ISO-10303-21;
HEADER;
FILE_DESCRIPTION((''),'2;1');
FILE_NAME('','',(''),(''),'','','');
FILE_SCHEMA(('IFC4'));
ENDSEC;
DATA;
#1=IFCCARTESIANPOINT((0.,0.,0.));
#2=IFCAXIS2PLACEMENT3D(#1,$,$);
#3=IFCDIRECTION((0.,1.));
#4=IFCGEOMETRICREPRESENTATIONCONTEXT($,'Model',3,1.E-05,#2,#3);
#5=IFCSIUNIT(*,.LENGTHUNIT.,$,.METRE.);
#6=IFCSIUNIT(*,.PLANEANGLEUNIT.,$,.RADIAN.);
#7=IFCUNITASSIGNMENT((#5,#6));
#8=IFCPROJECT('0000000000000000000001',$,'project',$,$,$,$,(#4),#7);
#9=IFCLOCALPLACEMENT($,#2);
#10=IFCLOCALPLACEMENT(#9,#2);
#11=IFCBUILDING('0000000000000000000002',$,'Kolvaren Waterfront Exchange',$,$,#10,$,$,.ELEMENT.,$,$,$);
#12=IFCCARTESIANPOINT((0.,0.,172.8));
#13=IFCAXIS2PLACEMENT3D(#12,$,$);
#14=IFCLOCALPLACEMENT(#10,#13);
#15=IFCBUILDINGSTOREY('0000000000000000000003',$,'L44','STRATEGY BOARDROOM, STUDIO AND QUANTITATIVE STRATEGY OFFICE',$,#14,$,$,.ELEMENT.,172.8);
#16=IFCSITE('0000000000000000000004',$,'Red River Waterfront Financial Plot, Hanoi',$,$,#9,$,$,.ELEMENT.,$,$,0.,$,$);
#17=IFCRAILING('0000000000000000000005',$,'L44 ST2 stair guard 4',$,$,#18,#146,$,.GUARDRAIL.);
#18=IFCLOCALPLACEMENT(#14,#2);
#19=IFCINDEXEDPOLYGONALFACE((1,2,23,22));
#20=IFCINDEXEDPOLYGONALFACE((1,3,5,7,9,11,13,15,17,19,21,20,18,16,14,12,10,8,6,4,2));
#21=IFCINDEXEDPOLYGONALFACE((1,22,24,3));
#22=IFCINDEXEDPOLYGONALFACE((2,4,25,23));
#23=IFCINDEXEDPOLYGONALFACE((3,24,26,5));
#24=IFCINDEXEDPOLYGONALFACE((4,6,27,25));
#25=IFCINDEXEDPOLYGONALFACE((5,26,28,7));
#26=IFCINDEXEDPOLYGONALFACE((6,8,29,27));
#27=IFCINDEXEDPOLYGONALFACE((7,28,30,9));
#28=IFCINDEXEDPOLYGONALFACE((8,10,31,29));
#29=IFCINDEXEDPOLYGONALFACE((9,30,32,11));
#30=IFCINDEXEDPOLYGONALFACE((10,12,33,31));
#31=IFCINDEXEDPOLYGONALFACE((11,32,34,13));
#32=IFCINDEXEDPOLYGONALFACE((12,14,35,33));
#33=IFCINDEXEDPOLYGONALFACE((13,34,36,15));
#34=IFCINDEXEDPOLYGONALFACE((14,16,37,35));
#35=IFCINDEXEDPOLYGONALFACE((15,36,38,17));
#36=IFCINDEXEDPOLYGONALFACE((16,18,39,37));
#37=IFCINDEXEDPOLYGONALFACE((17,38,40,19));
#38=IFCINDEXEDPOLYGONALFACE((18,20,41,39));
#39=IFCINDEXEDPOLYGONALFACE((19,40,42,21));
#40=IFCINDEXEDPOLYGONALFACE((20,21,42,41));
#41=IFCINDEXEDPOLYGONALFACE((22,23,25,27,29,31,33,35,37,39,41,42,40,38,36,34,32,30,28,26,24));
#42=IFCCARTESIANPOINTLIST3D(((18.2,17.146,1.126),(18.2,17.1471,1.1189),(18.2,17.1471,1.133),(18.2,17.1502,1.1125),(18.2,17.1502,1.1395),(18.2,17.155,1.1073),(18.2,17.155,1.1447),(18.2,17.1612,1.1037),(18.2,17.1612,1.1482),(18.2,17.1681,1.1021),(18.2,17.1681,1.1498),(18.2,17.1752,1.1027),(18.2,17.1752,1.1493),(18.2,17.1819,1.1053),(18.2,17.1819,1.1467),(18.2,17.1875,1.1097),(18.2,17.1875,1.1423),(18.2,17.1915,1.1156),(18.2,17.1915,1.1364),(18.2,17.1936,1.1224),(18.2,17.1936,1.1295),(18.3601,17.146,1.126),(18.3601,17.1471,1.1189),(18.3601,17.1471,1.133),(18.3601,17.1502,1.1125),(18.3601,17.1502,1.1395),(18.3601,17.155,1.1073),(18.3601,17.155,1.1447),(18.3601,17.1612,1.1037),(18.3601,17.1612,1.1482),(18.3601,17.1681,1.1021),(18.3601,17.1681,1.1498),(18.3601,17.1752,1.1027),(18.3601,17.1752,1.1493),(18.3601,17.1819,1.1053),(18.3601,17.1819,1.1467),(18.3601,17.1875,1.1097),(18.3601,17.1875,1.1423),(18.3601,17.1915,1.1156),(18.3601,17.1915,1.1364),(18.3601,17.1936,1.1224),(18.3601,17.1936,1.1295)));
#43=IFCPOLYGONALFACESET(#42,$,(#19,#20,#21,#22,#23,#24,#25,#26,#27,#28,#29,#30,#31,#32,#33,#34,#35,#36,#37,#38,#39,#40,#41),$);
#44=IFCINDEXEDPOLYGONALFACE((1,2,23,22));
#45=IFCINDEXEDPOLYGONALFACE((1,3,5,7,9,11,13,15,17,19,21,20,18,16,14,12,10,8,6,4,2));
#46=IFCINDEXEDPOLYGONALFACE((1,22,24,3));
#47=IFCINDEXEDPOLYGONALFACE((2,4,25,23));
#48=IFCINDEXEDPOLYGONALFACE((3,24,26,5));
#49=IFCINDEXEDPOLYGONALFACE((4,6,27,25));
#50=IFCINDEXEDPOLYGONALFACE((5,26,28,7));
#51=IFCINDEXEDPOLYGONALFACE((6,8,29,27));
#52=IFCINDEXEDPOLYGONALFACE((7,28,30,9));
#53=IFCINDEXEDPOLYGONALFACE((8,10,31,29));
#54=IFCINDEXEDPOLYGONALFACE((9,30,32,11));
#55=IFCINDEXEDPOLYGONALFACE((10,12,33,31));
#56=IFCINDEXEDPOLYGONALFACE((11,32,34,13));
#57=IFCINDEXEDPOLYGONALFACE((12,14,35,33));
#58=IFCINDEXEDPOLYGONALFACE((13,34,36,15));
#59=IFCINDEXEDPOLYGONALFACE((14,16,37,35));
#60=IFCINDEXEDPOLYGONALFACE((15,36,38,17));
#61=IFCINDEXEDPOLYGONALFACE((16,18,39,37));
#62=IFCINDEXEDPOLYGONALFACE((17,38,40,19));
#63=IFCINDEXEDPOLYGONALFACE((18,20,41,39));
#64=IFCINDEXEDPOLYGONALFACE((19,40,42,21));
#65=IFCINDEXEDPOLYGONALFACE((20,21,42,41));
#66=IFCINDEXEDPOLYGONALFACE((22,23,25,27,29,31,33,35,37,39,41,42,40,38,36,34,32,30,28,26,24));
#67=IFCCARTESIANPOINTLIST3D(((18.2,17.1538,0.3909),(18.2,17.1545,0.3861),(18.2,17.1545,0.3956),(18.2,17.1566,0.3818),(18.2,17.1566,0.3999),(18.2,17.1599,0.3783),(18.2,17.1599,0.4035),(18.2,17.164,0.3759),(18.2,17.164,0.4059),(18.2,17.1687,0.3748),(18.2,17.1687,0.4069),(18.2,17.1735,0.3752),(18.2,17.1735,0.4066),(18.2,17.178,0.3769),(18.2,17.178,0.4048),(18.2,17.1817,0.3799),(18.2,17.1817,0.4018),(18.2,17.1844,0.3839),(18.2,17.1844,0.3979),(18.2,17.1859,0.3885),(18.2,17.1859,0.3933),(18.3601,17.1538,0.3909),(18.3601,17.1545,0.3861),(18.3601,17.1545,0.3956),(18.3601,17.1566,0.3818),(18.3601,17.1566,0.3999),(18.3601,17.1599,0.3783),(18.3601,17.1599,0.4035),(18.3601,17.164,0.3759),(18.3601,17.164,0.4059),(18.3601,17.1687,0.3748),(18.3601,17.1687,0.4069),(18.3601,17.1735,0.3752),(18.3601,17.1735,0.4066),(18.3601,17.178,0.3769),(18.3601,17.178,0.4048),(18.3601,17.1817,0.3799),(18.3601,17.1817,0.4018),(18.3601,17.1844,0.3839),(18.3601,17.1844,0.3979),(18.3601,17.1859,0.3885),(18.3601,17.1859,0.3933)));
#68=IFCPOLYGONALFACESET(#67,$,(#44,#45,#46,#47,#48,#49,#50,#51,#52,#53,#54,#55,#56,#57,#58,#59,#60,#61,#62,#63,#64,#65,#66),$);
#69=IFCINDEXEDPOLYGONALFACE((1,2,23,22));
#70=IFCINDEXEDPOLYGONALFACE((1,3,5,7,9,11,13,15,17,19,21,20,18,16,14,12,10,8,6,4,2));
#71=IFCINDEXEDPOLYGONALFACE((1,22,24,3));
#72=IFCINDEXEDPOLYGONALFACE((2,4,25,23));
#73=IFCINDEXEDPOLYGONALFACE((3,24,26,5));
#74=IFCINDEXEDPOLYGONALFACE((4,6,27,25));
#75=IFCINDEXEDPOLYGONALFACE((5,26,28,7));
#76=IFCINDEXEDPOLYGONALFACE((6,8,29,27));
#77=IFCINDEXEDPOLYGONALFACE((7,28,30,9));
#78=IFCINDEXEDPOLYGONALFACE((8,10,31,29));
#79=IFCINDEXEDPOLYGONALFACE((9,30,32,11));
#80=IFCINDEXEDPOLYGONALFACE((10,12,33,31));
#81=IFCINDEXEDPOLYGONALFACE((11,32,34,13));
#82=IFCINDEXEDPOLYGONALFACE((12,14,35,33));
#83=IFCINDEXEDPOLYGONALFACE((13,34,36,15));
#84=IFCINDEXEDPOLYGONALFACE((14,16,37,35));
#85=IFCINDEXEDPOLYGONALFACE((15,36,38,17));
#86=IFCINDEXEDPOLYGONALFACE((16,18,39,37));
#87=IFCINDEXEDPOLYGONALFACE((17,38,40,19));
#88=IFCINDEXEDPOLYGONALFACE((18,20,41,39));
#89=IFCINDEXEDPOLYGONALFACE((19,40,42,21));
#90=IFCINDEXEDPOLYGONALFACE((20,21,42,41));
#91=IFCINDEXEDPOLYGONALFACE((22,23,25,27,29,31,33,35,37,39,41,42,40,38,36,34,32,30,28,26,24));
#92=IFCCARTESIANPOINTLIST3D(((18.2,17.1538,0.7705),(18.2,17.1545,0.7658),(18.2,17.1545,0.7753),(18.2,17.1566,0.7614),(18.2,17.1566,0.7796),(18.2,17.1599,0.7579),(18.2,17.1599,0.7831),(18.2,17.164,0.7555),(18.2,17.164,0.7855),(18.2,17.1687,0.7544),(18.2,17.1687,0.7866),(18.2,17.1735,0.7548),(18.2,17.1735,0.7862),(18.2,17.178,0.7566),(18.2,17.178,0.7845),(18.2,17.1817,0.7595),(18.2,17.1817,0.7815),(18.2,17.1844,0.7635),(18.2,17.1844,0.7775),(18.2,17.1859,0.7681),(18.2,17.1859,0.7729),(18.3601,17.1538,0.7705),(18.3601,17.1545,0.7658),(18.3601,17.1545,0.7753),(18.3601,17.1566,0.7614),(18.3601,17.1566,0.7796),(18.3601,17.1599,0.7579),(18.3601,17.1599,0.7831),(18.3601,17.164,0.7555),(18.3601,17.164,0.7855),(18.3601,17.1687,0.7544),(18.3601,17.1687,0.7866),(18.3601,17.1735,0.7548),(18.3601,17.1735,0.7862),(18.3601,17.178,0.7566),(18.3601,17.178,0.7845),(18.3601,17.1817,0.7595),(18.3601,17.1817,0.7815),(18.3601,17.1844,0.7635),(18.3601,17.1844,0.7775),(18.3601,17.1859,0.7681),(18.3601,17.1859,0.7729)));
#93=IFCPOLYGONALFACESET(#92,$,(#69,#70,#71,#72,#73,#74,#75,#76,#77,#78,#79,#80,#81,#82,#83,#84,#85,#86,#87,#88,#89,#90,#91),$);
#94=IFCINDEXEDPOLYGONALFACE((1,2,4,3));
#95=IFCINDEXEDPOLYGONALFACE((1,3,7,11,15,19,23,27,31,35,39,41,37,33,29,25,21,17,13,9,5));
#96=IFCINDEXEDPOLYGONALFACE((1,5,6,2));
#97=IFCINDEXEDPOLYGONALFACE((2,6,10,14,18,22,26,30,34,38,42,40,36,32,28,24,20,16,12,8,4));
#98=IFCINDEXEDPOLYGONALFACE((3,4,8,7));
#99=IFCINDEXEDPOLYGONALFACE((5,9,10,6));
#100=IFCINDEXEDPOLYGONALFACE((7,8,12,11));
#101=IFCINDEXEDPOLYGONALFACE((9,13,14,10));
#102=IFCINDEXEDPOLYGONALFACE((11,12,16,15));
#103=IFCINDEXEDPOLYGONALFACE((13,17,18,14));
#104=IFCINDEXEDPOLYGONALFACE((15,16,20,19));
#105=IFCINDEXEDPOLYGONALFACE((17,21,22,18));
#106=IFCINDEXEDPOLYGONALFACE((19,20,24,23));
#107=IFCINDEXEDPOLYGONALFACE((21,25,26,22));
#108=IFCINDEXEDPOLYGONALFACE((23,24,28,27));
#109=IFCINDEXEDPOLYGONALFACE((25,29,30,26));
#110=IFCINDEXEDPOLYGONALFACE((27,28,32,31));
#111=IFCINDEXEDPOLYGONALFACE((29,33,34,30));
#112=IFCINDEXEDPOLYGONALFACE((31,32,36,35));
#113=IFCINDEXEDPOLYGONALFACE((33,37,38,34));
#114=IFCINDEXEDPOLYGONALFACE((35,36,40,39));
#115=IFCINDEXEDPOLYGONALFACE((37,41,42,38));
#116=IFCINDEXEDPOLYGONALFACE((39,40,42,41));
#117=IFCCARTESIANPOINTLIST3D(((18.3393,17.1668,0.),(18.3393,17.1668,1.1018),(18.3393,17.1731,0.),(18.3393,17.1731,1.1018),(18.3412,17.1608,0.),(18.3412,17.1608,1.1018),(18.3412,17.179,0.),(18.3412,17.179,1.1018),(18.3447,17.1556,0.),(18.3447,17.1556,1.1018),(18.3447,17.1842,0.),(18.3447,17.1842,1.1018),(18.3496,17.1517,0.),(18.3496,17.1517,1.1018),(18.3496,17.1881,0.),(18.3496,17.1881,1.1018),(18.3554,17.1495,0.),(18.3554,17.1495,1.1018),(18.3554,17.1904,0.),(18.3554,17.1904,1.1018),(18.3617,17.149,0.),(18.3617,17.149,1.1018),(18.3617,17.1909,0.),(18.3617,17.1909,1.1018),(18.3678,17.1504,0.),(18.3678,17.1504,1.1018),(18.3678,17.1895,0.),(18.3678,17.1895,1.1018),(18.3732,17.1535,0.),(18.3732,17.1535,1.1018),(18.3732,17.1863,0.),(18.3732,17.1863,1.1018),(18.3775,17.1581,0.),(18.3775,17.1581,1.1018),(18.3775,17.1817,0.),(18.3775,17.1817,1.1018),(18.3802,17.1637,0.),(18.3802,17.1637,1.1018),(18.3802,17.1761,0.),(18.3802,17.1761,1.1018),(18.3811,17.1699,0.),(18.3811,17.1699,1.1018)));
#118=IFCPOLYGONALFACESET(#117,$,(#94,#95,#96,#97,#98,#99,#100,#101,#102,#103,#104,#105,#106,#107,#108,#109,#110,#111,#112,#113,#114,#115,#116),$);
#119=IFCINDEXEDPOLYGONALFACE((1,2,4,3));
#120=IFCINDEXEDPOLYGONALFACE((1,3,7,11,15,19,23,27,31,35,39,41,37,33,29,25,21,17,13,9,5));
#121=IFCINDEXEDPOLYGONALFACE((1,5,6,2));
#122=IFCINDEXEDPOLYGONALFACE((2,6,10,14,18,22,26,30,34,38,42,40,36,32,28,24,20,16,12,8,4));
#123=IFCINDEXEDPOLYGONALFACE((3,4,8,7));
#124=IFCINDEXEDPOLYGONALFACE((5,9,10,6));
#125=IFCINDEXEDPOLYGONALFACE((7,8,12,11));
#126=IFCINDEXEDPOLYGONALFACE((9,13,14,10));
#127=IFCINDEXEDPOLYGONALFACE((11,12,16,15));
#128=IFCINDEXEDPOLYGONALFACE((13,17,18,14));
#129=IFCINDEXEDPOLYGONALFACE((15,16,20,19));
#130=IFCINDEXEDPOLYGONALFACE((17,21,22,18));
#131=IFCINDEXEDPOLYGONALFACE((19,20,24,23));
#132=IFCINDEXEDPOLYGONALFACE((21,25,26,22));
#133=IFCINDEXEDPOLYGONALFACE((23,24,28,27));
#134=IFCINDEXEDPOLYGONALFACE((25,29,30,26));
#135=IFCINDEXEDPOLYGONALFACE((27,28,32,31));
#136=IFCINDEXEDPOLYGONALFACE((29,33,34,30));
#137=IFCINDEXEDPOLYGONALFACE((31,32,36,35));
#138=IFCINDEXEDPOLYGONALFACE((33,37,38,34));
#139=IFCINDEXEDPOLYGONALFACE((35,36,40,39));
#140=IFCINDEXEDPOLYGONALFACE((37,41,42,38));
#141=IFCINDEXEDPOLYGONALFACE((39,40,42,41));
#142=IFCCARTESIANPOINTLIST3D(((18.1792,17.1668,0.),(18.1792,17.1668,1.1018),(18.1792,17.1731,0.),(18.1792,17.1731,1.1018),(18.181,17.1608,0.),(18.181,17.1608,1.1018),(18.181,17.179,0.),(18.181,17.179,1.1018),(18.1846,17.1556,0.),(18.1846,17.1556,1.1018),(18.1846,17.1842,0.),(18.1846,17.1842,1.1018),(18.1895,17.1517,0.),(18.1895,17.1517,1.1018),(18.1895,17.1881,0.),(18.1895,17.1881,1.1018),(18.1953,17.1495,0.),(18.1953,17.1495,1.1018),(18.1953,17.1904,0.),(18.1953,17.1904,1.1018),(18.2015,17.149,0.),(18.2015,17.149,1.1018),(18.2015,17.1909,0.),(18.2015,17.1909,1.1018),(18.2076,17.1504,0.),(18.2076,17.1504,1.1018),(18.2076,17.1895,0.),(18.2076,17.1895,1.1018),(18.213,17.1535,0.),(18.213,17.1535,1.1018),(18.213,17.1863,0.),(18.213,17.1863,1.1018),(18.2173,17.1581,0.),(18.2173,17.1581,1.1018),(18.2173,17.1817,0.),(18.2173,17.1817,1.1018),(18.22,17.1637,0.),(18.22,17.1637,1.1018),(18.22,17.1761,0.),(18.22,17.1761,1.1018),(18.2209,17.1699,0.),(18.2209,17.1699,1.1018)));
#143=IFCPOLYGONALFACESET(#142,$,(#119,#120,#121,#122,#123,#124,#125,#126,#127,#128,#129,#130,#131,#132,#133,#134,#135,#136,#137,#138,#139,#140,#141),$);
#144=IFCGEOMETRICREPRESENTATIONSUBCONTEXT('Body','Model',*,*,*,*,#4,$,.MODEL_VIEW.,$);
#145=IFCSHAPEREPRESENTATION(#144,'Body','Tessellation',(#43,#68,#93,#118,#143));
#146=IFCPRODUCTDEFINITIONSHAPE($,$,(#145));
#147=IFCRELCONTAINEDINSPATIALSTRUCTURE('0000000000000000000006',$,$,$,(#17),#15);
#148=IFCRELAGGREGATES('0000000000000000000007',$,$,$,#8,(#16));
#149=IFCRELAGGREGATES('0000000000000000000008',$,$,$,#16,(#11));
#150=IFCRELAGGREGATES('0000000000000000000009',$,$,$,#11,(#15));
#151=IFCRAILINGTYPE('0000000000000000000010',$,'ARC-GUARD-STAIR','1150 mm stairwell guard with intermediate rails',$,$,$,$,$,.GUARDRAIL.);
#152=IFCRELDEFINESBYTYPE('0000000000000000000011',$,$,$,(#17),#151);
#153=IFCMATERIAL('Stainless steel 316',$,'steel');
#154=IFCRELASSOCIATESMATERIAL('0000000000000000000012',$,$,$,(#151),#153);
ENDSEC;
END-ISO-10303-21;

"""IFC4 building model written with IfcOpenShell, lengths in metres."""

from ifc_helpers import new_model, si_unit, direction, frame, origin, origin_2d, place, context, subcontext, project, spatial, circle, extrude, material, type_object, element, save


model = new_model("IFC4")

# Units and contexts
model_context = context("Model", 3, precision=1e-05, world=origin(), true_north=direction((0.0, 1.0)))
body_context = subcontext(model_context, "Body", "Model", "MODEL_VIEW")
ifc_project = project(units=[si_unit("LENGTHUNIT", "METRE"), si_unit("PLANEANGLEUNIT", "RADIAN")], contexts=[model_context])

# Site, building, storey
site_placement = place(None, origin())
site = spatial("IfcSite", under=ifc_project, at=site_placement, Name="Red River Waterfront Financial Plot, Hanoi", CompositionType="ELEMENT", RefElevation=0.0)
building_placement = place(site_placement, origin())
building = spatial("IfcBuilding", under=site, at=building_placement, Name="Kolvaren Waterfront Exchange", CompositionType="ELEMENT")
storey_placement = place(building_placement, frame((0.0, 0.0, 172.8)))
storey = spatial("IfcBuildingStorey", under=building, at=storey_placement, Name="L44", Description="STRATEGY BOARDROOM, STUDIO AND QUANTITATIVE STRATEGY OFFICE", CompositionType="ELEMENT", Elevation=172.8)

# Railing
ifc_material_1 = material(Name="Stainless steel 316", Category="steel")
railing_type_1 = type_object("IfcRailingType", Name="ARC-GUARD-STAIR", Description="1150 mm stairwell guard with intermediate rails", PredefinedType="GUARDRAIL", material=ifc_material_1)
railing_1_placement = place(storey_placement, frame((18.3601, 17.1699, 0.0)))
element("IfcRailing", 1, at=railing_1_placement, inside=storey, type_object=railing_type_1, Name="L44 ST2 stair guard 4", PredefinedType="GUARDRAIL", context=body_context, shape_type="SweptSolid", body=[
    extrude(circle(Radius=0.0239, at=origin_2d()), frame((0.0, 0.0, 1.126), z_axis=(-1.0, 0.0, 0.0), x_axis=(0.0, -1.0, 0.0)), (0.0, 0.0, 1.0), 0.1602),
    extrude(circle(Radius=0.0161, at=origin_2d()), frame((0.0, 0.0, 0.3909), z_axis=(-1.0, 0.0, 0.0), x_axis=(0.0, -1.0, 0.0)), (0.0, 0.0, 1.0), 0.1602),
    extrude(circle(Radius=0.0161, at=origin_2d()), frame((0.0, 0.0, 0.7705), z_axis=(-1.0, 0.0, 0.0), x_axis=(0.0, -1.0, 0.0)), (0.0, 0.0, 1.0), 0.1602),
    extrude(circle(Radius=0.021, at=origin_2d()), origin(), (0.0, 0.0, 1.0), 1.1018),
    extrude(circle(Radius=0.021, at=origin_2d()), frame((-0.1602, 0.0, 0.0)), (0.0, 0.0, 1.0), 1.1018),
])

save(model, "model.ifc")
